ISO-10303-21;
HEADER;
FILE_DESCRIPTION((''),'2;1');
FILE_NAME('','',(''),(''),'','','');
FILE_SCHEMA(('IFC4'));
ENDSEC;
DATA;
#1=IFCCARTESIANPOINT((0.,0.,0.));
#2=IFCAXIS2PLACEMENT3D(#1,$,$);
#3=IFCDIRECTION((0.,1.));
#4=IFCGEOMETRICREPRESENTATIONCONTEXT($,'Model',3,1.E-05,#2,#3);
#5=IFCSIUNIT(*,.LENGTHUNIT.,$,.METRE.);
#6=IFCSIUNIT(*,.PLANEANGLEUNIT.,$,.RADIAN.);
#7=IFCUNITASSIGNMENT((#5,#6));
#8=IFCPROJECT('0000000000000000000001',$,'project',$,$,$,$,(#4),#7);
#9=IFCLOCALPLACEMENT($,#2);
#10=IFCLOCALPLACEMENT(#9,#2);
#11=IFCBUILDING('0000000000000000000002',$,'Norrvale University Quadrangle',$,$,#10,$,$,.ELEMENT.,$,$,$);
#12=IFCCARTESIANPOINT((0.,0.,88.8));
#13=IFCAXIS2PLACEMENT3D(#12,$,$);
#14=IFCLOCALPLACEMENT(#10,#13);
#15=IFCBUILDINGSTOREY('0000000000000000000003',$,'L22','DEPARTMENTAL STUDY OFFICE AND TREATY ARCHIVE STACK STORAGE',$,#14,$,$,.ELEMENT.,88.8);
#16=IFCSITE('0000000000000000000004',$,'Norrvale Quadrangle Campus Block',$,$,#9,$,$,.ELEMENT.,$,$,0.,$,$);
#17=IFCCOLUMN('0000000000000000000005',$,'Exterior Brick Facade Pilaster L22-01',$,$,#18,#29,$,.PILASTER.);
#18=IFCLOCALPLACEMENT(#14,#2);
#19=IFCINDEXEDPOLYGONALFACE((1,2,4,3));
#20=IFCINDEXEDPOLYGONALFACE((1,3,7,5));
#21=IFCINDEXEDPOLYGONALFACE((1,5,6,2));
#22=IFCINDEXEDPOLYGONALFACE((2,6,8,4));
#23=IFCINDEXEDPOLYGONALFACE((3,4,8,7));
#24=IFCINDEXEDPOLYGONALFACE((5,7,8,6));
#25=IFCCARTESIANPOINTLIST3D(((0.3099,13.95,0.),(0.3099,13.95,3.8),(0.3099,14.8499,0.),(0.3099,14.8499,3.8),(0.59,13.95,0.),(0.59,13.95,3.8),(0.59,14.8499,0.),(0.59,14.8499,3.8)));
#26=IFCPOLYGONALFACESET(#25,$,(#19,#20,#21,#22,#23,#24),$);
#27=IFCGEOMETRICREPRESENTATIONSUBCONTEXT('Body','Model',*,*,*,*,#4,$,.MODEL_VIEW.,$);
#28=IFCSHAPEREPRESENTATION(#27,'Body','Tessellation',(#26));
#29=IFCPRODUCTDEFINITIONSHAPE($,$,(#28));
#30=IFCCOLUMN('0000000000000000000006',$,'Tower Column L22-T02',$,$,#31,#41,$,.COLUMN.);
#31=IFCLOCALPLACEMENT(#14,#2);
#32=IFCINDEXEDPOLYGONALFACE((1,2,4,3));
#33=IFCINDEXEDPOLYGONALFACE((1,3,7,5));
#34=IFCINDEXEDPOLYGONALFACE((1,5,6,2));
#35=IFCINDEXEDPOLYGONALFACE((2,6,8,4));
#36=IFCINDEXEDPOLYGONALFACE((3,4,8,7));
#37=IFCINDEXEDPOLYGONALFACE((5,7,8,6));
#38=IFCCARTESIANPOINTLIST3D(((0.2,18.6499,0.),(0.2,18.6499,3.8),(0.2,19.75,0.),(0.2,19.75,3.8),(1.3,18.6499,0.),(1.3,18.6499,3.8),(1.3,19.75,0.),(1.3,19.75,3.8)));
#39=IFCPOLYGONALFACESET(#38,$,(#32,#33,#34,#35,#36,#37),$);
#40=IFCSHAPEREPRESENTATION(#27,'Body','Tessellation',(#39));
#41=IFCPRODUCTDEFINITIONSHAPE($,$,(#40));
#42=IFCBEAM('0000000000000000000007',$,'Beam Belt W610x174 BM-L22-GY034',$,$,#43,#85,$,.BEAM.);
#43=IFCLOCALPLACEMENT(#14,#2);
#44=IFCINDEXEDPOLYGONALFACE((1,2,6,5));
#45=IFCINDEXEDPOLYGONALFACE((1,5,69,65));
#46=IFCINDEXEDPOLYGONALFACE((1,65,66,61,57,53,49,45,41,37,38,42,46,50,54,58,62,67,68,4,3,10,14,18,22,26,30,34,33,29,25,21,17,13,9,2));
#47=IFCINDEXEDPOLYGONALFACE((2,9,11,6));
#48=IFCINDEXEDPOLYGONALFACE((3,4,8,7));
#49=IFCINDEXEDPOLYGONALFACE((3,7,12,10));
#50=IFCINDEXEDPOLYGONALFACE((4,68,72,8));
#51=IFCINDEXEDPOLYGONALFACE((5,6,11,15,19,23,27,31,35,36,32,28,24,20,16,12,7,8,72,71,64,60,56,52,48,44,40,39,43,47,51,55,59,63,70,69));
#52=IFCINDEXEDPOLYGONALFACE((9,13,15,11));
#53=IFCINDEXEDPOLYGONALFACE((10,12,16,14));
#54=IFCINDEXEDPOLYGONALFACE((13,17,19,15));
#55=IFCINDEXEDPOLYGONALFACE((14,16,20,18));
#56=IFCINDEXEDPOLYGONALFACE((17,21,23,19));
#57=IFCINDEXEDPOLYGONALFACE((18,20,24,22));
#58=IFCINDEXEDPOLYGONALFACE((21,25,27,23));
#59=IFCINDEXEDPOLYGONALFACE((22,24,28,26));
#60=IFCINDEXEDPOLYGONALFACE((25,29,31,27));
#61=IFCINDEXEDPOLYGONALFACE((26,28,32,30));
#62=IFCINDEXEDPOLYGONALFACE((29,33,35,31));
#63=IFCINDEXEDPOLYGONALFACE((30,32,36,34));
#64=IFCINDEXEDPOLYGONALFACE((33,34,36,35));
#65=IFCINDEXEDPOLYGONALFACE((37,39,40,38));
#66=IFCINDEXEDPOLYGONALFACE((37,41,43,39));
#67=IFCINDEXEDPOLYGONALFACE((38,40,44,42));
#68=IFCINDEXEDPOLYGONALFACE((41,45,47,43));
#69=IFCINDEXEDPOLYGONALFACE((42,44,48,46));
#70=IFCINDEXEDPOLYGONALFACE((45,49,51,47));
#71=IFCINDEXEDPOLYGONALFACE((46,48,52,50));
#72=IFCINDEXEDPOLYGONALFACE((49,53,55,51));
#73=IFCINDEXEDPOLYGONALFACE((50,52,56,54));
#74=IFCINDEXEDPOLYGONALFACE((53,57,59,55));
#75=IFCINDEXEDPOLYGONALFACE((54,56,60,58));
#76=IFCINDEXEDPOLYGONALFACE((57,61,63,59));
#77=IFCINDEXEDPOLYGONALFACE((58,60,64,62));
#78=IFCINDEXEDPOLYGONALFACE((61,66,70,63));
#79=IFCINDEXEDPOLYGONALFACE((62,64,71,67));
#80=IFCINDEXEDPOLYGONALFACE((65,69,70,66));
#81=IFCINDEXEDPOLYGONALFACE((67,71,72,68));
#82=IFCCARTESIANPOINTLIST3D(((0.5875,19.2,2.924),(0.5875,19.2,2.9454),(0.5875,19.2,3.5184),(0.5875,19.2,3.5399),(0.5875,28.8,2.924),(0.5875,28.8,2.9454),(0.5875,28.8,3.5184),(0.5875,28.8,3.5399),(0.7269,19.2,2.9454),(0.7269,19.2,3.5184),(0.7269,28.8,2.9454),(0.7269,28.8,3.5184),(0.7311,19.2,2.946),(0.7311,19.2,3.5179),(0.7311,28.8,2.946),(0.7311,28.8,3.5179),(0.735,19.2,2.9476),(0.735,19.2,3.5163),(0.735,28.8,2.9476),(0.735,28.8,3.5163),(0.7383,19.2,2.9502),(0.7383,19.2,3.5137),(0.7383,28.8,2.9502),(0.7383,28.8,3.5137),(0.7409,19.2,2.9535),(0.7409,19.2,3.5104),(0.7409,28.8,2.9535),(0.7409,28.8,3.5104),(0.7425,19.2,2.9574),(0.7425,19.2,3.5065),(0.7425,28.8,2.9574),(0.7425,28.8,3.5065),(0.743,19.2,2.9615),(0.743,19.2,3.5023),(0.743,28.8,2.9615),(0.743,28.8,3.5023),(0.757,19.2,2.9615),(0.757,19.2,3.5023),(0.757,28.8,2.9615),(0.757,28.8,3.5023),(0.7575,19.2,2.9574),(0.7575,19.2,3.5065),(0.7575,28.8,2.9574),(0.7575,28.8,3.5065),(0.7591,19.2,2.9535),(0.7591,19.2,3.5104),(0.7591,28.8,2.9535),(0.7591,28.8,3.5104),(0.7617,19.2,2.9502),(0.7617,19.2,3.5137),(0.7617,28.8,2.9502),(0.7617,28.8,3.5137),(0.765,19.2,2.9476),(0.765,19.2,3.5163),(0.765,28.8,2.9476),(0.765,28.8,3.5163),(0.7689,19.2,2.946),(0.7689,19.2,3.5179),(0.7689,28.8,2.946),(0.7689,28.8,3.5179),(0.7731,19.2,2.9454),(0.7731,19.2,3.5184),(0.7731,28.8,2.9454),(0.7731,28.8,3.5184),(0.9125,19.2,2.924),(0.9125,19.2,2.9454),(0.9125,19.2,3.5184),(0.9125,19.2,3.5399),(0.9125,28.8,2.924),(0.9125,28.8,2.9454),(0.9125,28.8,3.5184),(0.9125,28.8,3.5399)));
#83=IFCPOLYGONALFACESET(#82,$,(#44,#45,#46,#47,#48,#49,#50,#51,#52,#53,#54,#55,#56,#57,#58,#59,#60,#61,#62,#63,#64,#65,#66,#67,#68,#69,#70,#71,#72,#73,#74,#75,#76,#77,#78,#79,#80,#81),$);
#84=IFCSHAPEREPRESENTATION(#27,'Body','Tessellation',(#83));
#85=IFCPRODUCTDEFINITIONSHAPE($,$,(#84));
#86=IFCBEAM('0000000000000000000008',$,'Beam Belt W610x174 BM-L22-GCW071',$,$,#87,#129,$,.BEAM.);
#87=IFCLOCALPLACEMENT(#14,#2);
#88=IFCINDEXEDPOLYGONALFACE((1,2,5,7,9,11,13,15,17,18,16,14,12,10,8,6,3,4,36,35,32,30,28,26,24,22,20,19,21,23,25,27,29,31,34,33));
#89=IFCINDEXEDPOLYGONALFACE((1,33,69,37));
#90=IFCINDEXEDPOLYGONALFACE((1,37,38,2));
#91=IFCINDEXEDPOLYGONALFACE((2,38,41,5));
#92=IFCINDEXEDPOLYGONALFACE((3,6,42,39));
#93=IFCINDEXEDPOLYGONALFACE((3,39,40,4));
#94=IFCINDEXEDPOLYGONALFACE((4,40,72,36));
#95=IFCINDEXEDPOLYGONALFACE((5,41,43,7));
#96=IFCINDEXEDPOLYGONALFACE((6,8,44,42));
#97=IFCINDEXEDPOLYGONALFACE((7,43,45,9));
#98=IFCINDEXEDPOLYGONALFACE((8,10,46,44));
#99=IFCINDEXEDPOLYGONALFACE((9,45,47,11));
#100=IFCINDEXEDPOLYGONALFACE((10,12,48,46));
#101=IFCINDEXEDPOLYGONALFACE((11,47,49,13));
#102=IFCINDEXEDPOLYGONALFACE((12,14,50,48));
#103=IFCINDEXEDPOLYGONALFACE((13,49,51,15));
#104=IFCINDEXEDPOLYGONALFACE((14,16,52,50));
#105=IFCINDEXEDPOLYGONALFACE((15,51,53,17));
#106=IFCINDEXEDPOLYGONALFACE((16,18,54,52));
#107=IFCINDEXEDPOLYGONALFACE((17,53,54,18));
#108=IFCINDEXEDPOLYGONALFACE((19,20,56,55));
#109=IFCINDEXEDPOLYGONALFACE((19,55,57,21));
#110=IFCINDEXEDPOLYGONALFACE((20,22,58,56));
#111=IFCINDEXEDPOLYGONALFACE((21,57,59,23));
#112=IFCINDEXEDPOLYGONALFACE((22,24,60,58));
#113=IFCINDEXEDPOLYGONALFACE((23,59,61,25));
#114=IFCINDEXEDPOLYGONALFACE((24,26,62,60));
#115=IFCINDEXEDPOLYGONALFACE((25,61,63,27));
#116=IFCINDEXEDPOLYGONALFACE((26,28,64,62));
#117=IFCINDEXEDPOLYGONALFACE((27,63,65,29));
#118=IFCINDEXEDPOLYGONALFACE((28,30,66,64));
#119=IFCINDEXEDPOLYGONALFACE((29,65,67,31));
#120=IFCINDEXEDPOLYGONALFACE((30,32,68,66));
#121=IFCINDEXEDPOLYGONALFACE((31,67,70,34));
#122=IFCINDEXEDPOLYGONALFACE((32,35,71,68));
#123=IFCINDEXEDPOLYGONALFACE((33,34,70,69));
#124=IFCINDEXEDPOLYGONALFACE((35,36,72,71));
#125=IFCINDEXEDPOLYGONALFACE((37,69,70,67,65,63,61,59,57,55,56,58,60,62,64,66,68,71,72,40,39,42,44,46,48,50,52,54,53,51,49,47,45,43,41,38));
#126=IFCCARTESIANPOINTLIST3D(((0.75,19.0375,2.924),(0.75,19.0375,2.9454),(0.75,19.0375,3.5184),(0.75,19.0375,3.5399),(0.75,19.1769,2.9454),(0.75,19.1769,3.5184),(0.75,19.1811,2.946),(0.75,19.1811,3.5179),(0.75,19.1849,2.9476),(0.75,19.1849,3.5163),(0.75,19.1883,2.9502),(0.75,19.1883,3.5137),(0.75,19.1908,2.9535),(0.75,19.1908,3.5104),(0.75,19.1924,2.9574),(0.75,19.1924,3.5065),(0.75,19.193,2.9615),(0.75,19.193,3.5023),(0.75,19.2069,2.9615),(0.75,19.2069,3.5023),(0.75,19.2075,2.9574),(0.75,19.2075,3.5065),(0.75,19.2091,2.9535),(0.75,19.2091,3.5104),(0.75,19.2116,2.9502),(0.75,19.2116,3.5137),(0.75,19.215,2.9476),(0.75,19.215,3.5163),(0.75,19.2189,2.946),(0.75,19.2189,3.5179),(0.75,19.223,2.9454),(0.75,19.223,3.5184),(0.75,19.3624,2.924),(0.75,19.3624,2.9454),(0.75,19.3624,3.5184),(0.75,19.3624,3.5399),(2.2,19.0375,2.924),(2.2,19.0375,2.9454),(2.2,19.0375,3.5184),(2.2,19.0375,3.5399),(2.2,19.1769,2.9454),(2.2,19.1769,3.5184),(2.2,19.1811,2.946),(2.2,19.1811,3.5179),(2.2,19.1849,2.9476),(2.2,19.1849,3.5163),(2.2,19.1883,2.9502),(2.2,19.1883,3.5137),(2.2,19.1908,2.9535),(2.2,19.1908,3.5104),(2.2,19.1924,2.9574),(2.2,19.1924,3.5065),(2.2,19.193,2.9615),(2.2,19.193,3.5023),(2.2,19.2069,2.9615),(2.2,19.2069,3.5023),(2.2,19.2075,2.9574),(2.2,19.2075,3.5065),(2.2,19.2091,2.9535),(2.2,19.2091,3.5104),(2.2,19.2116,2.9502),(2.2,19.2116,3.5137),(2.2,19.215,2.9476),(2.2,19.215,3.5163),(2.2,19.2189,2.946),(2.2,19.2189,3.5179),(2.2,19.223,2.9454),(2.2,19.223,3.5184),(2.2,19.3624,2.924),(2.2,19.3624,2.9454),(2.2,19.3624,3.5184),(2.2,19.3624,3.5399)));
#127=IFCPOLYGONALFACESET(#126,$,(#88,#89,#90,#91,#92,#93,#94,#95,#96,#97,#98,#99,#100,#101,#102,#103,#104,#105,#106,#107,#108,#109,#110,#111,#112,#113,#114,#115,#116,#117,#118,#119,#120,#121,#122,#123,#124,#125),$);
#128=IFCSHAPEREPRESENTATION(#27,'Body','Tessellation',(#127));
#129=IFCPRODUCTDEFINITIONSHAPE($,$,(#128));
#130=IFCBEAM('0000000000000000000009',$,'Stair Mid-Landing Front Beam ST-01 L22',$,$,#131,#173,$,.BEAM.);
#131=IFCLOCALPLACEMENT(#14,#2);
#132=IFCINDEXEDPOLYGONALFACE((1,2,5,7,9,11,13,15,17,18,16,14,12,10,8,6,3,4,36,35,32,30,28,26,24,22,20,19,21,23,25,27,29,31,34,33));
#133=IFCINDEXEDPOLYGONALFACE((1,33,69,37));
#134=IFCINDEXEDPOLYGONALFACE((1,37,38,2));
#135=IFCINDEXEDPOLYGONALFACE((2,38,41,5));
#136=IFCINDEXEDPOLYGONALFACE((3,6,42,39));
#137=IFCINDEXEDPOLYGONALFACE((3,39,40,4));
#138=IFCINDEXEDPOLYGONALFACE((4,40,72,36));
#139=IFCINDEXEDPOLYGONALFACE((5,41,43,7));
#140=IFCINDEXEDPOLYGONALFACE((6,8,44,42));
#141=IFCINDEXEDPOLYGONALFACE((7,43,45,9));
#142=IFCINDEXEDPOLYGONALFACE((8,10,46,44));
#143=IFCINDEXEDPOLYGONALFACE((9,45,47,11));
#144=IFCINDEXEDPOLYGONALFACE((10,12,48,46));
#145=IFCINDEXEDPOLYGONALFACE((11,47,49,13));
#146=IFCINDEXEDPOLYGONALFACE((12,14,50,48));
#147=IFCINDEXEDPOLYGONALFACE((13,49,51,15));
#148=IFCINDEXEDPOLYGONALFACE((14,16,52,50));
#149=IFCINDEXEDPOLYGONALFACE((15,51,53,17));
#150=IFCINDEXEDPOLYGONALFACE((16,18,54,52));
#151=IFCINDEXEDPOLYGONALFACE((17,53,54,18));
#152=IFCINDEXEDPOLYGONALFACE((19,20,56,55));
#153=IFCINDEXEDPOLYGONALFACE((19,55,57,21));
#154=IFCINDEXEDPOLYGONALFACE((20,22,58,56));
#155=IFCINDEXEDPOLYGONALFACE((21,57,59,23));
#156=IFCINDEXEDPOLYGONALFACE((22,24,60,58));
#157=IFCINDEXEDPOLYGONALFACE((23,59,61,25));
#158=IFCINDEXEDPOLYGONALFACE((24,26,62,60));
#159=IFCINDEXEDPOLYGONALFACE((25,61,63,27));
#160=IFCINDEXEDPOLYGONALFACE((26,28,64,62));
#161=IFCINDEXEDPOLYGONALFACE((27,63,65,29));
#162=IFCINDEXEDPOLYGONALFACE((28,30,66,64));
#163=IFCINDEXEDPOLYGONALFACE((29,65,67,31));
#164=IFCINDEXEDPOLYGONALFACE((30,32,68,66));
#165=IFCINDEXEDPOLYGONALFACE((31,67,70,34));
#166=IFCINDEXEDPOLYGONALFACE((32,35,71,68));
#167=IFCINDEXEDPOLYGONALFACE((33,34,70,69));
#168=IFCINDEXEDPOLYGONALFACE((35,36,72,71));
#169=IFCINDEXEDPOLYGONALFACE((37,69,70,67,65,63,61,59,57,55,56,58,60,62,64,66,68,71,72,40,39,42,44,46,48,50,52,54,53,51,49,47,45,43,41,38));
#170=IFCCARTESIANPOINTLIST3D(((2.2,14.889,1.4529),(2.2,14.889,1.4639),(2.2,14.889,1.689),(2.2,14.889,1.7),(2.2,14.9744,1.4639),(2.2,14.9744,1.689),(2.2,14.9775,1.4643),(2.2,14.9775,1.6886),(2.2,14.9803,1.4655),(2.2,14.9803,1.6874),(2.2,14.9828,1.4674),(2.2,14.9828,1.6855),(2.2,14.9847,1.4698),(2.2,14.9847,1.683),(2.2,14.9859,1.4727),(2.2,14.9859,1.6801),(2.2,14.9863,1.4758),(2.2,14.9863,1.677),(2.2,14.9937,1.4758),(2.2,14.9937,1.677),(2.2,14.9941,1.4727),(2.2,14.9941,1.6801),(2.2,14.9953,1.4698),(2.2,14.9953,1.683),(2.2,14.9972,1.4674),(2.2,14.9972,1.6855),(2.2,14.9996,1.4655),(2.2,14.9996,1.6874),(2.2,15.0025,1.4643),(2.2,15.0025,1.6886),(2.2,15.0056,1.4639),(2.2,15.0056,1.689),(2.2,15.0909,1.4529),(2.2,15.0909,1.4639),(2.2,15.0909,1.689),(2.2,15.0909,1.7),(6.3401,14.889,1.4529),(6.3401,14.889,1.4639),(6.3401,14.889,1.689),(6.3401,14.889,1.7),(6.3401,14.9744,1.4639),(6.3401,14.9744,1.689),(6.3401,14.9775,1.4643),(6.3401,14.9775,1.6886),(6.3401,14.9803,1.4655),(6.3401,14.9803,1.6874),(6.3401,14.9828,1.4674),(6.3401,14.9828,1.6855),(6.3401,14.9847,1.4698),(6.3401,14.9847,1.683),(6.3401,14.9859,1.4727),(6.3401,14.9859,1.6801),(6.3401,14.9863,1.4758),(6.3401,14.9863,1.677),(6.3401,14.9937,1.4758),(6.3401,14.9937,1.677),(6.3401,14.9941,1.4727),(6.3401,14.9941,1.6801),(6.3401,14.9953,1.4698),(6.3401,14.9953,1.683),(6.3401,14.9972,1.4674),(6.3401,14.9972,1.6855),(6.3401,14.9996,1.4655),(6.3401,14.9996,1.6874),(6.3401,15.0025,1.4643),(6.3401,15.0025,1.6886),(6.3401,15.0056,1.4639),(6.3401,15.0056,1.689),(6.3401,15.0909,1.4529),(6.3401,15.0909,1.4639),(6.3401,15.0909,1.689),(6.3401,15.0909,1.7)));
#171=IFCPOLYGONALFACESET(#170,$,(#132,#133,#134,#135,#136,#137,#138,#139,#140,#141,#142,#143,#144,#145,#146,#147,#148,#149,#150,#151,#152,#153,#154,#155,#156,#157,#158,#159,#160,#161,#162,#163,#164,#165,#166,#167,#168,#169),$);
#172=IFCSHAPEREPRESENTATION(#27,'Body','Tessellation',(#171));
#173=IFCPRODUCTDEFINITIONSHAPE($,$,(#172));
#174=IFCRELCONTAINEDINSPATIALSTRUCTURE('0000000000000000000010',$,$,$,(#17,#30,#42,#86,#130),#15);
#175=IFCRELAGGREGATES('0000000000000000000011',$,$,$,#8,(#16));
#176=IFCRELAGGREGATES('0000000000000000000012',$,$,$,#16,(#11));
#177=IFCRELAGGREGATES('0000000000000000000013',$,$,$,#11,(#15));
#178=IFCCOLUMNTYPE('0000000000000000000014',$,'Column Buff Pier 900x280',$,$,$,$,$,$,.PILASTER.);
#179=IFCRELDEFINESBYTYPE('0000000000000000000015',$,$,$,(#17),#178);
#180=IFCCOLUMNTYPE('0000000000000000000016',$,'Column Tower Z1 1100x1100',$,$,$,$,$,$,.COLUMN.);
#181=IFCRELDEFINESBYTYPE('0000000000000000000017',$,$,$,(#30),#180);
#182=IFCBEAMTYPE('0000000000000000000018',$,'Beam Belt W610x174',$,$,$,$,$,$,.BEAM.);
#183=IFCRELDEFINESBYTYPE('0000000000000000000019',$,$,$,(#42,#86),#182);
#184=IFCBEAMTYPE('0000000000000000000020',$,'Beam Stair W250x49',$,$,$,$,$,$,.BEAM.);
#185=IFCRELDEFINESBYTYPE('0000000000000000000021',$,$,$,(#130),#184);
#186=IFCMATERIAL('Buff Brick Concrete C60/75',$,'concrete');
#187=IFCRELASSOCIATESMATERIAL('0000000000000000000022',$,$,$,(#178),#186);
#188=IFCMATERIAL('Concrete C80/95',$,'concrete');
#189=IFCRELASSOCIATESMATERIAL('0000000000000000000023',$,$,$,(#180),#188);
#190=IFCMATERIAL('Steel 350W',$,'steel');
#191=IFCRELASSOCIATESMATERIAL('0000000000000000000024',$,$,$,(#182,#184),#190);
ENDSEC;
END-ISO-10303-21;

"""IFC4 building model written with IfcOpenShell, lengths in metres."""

from ifc_helpers import new_model, si_unit, direction, frame, origin, origin_2d, place, context, subcontext, project, spatial, rectangle, i_section, extrude, material, material_profile, profile_set, type_object, element, save


model = new_model("IFC4")

# Units and contexts
model_context = context("Model", 3, precision=1e-05, world=origin(), true_north=direction((0.0, 1.0)))
body_context = subcontext(model_context, "Body", "Model", "MODEL_VIEW")
ifc_project = project(units=[si_unit("LENGTHUNIT", "METRE"), si_unit("PLANEANGLEUNIT", "RADIAN")], contexts=[model_context])

# Site, building, storey
site_placement = place(None, origin())
site = spatial("IfcSite", under=ifc_project, at=site_placement, Name="Norrvale Quadrangle Campus Block", CompositionType="ELEMENT", RefElevation=0.0)
building_placement = place(site_placement, origin())
building = spatial("IfcBuilding", under=site, at=building_placement, Name="Norrvale University Quadrangle", CompositionType="ELEMENT")
storey_placement = place(building_placement, frame((0.0, 0.0, 88.8)))
storey = spatial("IfcBuildingStorey", under=building, at=storey_placement, Name="L22", Description="DEPARTMENTAL STUDY OFFICE AND TREATY ARCHIVE STACK STORAGE", CompositionType="ELEMENT", Elevation=88.8)

# Columns
ifc_material_1 = material(Name="Buff Brick Concrete C60/75", Category="concrete")
ifc_material_profile_1 = material_profile(ifc_material_1, rectangle(XDim=0.8999, YDim=0.28, at=origin_2d()), Name="Buff Brick Concrete C60/75")
ifc_profile_set_1 = profile_set([ifc_material_profile_1], Name="Buff Brick Concrete C60/75")
column_type_1 = type_object("IfcColumnType", Name="Column Buff Pier 900x280", PredefinedType="PILASTER", material=ifc_profile_set_1)
column_1_placement = place(storey_placement, frame((0.45, 14.3999, 0.0), z_axis=(0.0, 0.0, 1.0), x_axis=(0.0, 1.0, 0.0)))
element("IfcColumn", 1, at=column_1_placement, inside=storey, type_object=column_type_1, Name="Exterior Brick Facade Pilaster L22-01", PredefinedType="PILASTER", context=body_context, shape_type="SweptSolid", body=[
    extrude(rectangle(XDim=0.8999, YDim=0.28, at=origin_2d()), origin(), (0.0, 0.0, 1.0), 3.8),
])
ifc_material_2 = material(Name="Concrete C80/95", Category="concrete")
ifc_material_profile_2 = material_profile(ifc_material_2, rectangle(XDim=1.1001, YDim=1.1001, at=origin_2d()), Name="Concrete C80/95")
ifc_profile_set_2 = profile_set([ifc_material_profile_2], Name="Concrete C80/95")
column_type_2 = type_object("IfcColumnType", Name="Column Tower Z1 1100x1100", PredefinedType="COLUMN", material=ifc_profile_set_2)
column_2_placement = place(storey_placement, frame((0.75, 19.2, 0.0), z_axis=(0.0, 0.0, 1.0), x_axis=(1.0, 0.0, 0.0)))
element("IfcColumn", 2, at=column_2_placement, inside=storey, type_object=column_type_2, Name="Tower Column L22-T02", PredefinedType="COLUMN", context=body_context, shape_type="SweptSolid", body=[
    extrude(rectangle(XDim=1.1001, YDim=1.1001, at=origin_2d()), origin(), (0.0, 0.0, 1.0), 3.8),
])

# Beams
ifc_material_3 = material(Name="Steel 350W", Category="steel")
ifc_material_profile_3 = material_profile(ifc_material_3, i_section(OverallWidth=0.325, OverallDepth=0.616, WebThickness=0.0139, FlangeThickness=0.0215, FilletRadius=0.0161, at=origin_2d()), Name="Steel 350W")
ifc_profile_set_3 = profile_set([ifc_material_profile_3], Name="Steel 350W")
beam_type_1 = type_object("IfcBeamType", Name="Beam Belt W610x174", PredefinedType="BEAM", material=ifc_profile_set_3)
beam_1_placement = place(storey_placement, frame((0.75, 19.2, 3.2319), z_axis=(0.0, 1.0, 0.0), x_axis=(-1.0, 0.0, 0.0)))
element("IfcBeam", 3, at=beam_1_placement, inside=storey, type_object=beam_type_1, Name="Beam Belt W610x174 BM-L22-GY034", PredefinedType="BEAM", context=body_context, shape_type="SweptSolid", body=[
    extrude(i_section(OverallWidth=0.325, OverallDepth=0.616, WebThickness=0.0139, FlangeThickness=0.0215, FilletRadius=0.0161, at=origin_2d()), origin(), (0.0, 0.0, 1.0), 9.6001),
])
beam_2_placement = place(storey_placement, frame((0.75, 19.2, 3.2319), z_axis=(1.0, 0.0, 0.0), x_axis=(0.0, 1.0, 0.0)))
element("IfcBeam", 4, at=beam_2_placement, inside=storey, type_object=beam_type_1, Name="Beam Belt W610x174 BM-L22-GCW071", PredefinedType="BEAM", context=body_context, shape_type="SweptSolid", body=[
    extrude(i_section(OverallWidth=0.325, OverallDepth=0.616, WebThickness=0.0139, FlangeThickness=0.0215, FilletRadius=0.0161, at=origin_2d()), origin(), (0.0, 0.0, 1.0), 1.45),
])
ifc_material_profile_4 = material_profile(ifc_material_3, i_section(OverallWidth=0.2019, OverallDepth=0.2471, WebThickness=0.0073, FlangeThickness=0.011, FilletRadius=0.012, at=origin_2d()), Name="Steel 350W")
ifc_profile_set_4 = profile_set([ifc_material_profile_4], Name="Steel 350W")
beam_type_2 = type_object("IfcBeamType", Name="Beam Stair W250x49", PredefinedType="BEAM", material=ifc_profile_set_4)
for number, where, z_axis, x_axis, name in (
    (5, (2.2, 14.99, 1.5764), (1.0, 0.0, 0.0), (0.0, 1.0, 0.0), "Stair Mid-Landing Front Beam ST-01 L22"),
):
    element("IfcBeam", number, at=place(storey_placement, frame(where, z_axis=z_axis, x_axis=x_axis)), inside=storey, type_object=beam_type_2, Name=name, PredefinedType="BEAM", context=body_context, shape_type="SweptSolid", body=[
        extrude(i_section(OverallWidth=0.2019, OverallDepth=0.2471, WebThickness=0.0073, FlangeThickness=0.011, FilletRadius=0.012, at=origin_2d()), origin(), (0.0, 0.0, 1.0), 4.1401),
    ])

save(model, "model.ifc")
